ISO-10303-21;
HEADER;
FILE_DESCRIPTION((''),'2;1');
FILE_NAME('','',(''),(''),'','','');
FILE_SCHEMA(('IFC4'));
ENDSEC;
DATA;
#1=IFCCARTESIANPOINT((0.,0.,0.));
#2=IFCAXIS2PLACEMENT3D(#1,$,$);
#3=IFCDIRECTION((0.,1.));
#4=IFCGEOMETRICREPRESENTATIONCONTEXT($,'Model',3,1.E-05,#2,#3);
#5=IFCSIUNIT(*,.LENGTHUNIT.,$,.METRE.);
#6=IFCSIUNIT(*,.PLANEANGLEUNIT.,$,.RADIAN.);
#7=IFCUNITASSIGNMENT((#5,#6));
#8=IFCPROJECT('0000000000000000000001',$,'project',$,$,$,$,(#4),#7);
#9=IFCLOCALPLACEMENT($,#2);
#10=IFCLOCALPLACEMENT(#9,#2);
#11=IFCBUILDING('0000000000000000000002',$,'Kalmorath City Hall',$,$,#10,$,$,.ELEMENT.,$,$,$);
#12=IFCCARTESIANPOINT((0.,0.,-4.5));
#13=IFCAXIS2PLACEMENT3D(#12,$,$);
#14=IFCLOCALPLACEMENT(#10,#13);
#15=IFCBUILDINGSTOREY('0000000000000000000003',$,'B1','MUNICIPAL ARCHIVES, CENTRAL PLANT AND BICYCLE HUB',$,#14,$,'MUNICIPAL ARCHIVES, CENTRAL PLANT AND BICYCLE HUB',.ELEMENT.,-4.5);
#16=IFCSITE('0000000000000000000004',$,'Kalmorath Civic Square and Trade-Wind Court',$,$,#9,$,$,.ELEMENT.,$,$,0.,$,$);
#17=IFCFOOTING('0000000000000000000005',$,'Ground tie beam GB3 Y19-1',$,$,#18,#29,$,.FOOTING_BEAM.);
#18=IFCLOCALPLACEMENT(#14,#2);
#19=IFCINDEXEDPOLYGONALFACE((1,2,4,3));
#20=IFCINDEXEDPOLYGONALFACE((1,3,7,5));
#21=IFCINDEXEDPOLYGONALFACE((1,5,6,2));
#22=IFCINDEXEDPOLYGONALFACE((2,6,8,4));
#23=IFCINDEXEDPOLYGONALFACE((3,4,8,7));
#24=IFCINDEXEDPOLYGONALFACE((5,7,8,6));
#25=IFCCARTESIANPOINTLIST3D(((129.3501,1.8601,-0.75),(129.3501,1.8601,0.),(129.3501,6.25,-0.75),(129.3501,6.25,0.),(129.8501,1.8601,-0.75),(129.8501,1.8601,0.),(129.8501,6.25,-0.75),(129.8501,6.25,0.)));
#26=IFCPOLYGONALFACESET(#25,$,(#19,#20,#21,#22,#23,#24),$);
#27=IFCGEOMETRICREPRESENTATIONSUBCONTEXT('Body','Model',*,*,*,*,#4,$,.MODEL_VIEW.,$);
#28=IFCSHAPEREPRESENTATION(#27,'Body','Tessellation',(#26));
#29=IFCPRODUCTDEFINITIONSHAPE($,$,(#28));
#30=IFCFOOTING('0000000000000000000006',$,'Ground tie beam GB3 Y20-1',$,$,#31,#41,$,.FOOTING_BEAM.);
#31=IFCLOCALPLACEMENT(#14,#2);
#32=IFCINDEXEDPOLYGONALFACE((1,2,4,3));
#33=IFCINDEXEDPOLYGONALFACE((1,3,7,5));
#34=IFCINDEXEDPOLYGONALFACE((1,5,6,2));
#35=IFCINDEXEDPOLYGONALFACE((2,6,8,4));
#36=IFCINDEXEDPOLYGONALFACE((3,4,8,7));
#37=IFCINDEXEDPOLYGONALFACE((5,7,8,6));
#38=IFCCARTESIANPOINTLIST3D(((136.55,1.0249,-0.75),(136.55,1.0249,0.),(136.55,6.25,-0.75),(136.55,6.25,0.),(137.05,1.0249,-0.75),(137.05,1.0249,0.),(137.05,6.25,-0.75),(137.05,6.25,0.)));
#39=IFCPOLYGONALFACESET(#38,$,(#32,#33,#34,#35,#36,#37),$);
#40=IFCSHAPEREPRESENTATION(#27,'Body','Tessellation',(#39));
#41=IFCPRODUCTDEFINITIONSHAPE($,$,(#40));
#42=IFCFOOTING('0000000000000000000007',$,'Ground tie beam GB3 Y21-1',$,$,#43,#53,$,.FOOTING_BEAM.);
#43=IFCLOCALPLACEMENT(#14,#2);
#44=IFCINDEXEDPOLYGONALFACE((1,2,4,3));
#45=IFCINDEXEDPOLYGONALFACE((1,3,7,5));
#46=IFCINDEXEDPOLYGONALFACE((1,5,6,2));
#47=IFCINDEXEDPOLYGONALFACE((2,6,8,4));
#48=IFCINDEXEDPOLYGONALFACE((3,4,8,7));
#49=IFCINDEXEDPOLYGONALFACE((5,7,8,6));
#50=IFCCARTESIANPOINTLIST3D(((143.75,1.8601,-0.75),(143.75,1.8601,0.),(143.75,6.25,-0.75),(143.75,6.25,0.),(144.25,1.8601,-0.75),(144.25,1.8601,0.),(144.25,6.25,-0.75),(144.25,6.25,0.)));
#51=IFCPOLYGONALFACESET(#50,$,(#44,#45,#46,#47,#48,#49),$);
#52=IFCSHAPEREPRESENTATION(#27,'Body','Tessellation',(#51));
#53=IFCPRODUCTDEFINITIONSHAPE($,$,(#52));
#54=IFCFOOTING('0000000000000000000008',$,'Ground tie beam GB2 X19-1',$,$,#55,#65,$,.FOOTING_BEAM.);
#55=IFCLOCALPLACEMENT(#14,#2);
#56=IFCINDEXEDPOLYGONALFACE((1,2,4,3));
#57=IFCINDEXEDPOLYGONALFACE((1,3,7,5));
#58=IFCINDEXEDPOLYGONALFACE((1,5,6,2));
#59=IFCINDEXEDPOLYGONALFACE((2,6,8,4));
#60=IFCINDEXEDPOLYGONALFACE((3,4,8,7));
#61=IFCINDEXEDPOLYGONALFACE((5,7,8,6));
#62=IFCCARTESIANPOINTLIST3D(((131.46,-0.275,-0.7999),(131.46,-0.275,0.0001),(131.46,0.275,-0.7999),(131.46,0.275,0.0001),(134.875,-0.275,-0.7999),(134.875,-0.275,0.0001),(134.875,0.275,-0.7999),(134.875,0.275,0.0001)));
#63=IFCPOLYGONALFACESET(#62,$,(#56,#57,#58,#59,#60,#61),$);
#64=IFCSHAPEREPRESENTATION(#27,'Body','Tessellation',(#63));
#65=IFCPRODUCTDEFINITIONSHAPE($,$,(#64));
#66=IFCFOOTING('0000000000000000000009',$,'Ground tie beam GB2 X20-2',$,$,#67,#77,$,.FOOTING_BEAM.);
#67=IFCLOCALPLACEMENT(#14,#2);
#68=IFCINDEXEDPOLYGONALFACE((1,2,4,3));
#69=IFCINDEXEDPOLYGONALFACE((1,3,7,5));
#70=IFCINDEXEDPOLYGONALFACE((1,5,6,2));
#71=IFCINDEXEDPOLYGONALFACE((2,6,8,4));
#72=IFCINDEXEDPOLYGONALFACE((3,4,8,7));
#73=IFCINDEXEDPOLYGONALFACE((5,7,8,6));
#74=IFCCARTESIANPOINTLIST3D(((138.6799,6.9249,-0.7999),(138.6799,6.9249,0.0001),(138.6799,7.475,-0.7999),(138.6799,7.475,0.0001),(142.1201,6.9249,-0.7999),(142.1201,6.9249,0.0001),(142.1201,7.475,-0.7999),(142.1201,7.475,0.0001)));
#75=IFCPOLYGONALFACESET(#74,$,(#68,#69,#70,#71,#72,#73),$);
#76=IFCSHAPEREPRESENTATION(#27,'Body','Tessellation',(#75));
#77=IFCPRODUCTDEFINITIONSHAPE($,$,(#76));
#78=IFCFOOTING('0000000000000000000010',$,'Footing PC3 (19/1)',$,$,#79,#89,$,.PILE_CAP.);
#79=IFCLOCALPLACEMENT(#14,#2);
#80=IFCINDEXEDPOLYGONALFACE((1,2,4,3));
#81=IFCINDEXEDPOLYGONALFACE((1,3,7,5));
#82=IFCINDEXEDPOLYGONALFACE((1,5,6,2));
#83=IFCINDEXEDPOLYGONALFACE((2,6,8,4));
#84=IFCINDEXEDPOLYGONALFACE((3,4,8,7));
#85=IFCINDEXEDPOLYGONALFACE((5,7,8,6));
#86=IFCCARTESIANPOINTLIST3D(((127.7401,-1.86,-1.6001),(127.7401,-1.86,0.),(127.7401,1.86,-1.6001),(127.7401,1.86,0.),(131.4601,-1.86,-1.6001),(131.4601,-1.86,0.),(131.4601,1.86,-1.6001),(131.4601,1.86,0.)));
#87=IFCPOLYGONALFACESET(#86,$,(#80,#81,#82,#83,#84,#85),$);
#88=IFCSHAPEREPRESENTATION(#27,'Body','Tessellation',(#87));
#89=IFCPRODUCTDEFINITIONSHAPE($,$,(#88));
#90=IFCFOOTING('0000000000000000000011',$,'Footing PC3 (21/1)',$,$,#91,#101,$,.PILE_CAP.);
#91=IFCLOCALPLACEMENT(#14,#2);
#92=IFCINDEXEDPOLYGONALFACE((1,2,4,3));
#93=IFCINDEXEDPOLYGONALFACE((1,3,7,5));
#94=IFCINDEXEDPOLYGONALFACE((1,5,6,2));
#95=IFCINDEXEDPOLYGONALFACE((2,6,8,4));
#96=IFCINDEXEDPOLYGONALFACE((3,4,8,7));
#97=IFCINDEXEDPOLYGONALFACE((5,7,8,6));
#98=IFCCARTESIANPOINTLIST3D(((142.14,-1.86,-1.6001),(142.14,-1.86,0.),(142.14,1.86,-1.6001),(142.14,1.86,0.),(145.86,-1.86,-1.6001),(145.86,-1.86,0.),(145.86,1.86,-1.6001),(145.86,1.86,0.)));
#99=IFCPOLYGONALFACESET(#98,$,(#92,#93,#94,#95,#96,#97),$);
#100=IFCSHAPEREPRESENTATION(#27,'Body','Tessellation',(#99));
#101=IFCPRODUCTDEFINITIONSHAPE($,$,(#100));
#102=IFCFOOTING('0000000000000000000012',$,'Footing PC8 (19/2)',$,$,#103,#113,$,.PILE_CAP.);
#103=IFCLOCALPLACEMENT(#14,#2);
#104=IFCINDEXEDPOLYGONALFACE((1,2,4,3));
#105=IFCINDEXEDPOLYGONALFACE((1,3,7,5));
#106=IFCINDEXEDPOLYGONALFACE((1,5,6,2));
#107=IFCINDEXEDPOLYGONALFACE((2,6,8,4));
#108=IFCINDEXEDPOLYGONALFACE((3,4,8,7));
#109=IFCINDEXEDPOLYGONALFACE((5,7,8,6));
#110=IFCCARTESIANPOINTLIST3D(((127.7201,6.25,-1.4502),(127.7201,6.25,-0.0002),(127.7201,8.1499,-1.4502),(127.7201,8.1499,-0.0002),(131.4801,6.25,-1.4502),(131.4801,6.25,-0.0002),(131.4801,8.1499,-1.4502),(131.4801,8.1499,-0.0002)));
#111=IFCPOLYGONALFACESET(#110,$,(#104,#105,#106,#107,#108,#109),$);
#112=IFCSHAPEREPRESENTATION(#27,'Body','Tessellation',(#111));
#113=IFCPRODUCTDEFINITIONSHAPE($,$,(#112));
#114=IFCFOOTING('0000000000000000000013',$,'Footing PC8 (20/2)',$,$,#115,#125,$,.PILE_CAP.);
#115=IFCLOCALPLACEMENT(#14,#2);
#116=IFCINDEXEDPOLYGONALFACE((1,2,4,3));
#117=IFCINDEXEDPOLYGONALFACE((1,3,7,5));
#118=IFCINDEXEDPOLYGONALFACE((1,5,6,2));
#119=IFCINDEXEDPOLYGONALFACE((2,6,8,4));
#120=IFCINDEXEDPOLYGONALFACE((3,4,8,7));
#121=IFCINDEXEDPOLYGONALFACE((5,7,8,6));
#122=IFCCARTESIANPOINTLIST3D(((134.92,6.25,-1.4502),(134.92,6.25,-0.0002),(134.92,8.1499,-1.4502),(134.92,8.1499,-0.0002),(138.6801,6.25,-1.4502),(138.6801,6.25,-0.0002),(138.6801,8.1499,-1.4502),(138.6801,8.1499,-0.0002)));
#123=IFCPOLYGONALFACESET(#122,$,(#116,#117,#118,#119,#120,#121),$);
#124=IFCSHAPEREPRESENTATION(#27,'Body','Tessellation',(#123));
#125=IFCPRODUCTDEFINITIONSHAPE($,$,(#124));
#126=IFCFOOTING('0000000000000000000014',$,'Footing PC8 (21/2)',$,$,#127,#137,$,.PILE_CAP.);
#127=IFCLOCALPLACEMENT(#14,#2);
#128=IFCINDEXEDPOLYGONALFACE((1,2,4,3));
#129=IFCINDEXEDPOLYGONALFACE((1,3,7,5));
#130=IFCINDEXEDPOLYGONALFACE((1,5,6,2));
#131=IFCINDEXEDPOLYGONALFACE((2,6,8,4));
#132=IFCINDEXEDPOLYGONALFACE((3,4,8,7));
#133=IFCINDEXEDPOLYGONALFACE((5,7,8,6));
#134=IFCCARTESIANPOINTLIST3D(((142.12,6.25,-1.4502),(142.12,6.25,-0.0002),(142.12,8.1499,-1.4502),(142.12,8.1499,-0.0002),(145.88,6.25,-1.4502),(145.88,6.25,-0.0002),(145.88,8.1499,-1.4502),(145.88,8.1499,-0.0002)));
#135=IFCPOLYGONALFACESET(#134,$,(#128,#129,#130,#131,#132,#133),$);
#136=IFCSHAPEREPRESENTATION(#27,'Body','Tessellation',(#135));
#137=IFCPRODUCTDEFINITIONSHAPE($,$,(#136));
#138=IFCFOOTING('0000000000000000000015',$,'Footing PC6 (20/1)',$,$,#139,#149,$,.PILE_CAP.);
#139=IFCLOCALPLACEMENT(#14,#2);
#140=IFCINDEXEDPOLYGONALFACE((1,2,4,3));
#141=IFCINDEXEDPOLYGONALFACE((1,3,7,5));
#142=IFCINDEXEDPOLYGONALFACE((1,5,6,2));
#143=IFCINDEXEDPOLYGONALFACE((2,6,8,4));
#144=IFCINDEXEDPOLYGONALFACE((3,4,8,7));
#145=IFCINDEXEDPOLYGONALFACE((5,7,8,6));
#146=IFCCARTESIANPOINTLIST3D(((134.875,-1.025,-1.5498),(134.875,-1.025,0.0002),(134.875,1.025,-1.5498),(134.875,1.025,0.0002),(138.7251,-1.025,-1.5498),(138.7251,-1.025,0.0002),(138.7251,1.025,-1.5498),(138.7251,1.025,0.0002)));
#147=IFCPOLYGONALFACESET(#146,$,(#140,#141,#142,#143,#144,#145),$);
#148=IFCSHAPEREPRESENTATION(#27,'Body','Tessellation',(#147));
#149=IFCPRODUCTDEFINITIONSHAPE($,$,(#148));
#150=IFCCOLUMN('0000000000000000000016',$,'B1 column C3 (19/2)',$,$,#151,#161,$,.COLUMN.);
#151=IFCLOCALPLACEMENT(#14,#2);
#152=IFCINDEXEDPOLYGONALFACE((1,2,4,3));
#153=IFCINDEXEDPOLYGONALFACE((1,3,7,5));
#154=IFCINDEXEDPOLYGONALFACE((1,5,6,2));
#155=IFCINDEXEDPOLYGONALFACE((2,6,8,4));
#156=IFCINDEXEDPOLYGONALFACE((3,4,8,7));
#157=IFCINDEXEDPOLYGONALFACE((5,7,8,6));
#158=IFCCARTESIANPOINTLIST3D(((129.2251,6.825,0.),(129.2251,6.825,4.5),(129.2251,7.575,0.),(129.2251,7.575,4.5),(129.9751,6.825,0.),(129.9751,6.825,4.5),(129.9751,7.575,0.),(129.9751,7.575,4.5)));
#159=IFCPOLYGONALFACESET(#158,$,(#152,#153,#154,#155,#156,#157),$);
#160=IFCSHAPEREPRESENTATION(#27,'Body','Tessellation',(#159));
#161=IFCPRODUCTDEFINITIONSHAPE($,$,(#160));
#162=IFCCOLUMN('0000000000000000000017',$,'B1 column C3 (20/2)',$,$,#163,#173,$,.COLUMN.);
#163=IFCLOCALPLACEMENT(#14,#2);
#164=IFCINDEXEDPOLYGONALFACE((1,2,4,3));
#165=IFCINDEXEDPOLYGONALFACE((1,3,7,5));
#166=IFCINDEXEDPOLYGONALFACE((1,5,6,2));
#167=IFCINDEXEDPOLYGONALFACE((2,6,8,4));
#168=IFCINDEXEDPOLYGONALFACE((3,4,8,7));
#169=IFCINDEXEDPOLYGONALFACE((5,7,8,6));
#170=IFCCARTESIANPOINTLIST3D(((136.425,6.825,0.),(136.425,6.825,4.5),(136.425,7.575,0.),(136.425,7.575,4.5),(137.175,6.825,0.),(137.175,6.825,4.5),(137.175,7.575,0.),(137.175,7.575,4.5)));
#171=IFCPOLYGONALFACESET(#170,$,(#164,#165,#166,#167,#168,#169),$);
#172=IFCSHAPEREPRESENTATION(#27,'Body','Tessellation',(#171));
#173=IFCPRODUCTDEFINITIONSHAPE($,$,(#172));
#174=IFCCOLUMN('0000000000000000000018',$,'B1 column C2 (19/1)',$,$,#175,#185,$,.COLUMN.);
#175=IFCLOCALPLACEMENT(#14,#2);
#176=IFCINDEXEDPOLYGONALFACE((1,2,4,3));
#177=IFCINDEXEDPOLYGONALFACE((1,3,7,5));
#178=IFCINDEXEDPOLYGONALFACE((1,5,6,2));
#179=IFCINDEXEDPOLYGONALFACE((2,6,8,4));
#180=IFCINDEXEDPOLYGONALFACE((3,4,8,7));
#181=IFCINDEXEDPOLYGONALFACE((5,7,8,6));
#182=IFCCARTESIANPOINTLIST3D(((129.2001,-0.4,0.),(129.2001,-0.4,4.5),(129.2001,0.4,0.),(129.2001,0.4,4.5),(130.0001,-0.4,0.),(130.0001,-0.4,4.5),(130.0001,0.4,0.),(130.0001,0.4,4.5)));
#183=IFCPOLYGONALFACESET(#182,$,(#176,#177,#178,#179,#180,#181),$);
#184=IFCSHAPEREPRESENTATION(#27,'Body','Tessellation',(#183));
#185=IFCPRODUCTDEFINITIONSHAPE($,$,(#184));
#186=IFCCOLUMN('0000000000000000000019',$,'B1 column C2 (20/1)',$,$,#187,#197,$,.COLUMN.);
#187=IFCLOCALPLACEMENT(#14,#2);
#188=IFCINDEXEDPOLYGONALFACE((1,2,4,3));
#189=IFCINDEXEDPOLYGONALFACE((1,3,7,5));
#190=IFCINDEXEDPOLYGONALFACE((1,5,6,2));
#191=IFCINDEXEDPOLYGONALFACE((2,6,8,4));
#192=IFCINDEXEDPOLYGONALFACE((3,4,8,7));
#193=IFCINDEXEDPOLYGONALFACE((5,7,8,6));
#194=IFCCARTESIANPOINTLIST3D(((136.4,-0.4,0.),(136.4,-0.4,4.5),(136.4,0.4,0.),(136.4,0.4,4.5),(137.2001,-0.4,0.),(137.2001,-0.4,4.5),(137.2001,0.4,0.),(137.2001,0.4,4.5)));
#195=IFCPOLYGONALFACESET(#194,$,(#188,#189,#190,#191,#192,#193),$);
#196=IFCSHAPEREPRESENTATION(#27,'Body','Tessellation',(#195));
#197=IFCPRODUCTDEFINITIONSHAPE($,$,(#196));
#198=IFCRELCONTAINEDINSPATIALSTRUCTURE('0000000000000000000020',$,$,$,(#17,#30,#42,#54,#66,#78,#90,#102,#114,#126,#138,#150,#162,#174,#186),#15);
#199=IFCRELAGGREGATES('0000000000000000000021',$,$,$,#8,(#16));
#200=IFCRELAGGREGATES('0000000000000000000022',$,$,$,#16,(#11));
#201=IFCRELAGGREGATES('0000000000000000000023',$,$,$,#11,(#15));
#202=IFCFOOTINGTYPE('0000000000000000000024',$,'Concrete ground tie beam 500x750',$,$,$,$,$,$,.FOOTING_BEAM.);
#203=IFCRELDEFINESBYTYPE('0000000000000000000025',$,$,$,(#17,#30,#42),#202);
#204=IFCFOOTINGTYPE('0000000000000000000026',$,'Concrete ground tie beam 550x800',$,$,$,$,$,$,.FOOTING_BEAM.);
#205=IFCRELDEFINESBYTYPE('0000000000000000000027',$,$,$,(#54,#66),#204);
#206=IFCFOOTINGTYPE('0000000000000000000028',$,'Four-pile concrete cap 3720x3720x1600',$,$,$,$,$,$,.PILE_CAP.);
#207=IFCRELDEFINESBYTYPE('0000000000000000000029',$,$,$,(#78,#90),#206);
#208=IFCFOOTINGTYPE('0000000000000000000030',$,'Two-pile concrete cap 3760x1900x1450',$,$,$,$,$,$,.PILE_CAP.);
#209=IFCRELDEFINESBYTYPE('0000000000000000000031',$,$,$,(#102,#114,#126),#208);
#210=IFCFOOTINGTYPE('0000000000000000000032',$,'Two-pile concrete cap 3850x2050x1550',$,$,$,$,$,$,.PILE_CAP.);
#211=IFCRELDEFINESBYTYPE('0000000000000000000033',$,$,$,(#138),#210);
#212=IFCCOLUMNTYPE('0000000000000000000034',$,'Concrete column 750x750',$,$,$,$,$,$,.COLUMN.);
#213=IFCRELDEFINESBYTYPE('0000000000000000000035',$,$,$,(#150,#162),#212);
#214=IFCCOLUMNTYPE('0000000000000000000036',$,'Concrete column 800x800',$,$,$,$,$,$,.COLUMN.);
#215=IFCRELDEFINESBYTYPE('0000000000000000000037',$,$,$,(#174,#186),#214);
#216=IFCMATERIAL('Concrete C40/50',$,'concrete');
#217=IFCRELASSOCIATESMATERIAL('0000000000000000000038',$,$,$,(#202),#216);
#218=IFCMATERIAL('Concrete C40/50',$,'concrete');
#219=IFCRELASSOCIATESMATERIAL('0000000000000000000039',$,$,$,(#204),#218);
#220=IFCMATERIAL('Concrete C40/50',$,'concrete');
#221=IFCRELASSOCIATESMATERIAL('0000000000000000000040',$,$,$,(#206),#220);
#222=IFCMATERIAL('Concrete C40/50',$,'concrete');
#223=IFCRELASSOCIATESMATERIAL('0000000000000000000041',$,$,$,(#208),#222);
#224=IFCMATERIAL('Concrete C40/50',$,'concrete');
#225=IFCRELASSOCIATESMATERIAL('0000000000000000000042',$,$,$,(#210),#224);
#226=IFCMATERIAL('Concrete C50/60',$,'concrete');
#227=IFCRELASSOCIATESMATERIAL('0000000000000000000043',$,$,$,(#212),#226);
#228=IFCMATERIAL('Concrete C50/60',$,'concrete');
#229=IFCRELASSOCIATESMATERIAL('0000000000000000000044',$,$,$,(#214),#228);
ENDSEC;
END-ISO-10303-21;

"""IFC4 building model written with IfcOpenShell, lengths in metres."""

from ifc_helpers import new_model, si_unit, direction, frame, origin, origin_2d, place, context, subcontext, project, spatial, rectangle, extrude, material, material_profile, profile_set, type_object, element, save


model = new_model("IFC4")

# Units and contexts
model_context = context("Model", 3, precision=1e-05, world=origin(), true_north=direction((0.0, 1.0)))
body_context = subcontext(model_context, "Body", "Model", "MODEL_VIEW")
ifc_project = project(units=[si_unit("LENGTHUNIT", "METRE"), si_unit("PLANEANGLEUNIT", "RADIAN")], contexts=[model_context])

# Site, building, storey
site_placement = place(None, origin())
site = spatial("IfcSite", under=ifc_project, at=site_placement, Name="Kalmorath Civic Square and Trade-Wind Court", CompositionType="ELEMENT", RefElevation=0.0)
building_placement = place(site_placement, origin())
building = spatial("IfcBuilding", under=site, at=building_placement, Name="Kalmorath City Hall", CompositionType="ELEMENT")
storey_placement = place(building_placement, frame((0.0, 0.0, -4.5)))
storey = spatial("IfcBuildingStorey", under=building, at=storey_placement, Name="B1", Description="MUNICIPAL ARCHIVES, CENTRAL PLANT AND BICYCLE HUB", LongName="MUNICIPAL ARCHIVES, CENTRAL PLANT AND BICYCLE HUB", CompositionType="ELEMENT", Elevation=-4.5)

# Footings
ifc_material_1 = material(Name="Concrete C40/50", Category="concrete")
ifc_material_profile_1 = material_profile(ifc_material_1, rectangle(XDim=0.5, YDim=0.75, at=origin_2d()), Name="RC-BM-500X750")
ifc_profile_set_1 = profile_set([ifc_material_profile_1], Name="Concrete C40/50")
footing_type_1 = type_object("IfcFootingType", Name="Concrete ground tie beam 500x750", PredefinedType="FOOTING_BEAM", material=ifc_profile_set_1)
footing_1_placement = place(storey_placement, frame((129.6001, 1.8601, -0.375), z_axis=(0.0, 1.0, 0.0), x_axis=(-1.0, 0.0, 0.0)))
element("IfcFooting", 1, at=footing_1_placement, inside=storey, type_object=footing_type_1, Name="Ground tie beam GB3 Y19-1", PredefinedType="FOOTING_BEAM", context=body_context, shape_type="SweptSolid", body=[
    extrude(rectangle(XDim=0.5, YDim=0.75, at=origin_2d()), origin(), (0.0, 0.0, 1.0), 4.3899),
])
footing_2_placement = place(storey_placement, frame((136.8, 1.0249, -0.375), z_axis=(0.0, 1.0, 0.0), x_axis=(-1.0, 0.0, 0.0)))
element("IfcFooting", 2, at=footing_2_placement, inside=storey, type_object=footing_type_1, Name="Ground tie beam GB3 Y20-1", PredefinedType="FOOTING_BEAM", context=body_context, shape_type="SweptSolid", body=[
    extrude(rectangle(XDim=0.5, YDim=0.75, at=origin_2d()), origin(), (0.0, 0.0, 1.0), 5.2251),
])
footing_3_placement = place(storey_placement, frame((144.0, 1.8601, -0.375), z_axis=(0.0, 1.0, 0.0), x_axis=(-1.0, 0.0, 0.0)))
element("IfcFooting", 3, at=footing_3_placement, inside=storey, type_object=footing_type_1, Name="Ground tie beam GB3 Y21-1", PredefinedType="FOOTING_BEAM", context=body_context, shape_type="SweptSolid", body=[
    extrude(rectangle(XDim=0.5, YDim=0.75, at=origin_2d()), origin(), (0.0, 0.0, 1.0), 4.3899),
])
ifc_material_2 = material(Name="Concrete C40/50", Category="concrete")
ifc_material_profile_2 = material_profile(ifc_material_2, rectangle(XDim=0.55, YDim=0.8, at=origin_2d()), Name="RC-BM-550X800")
ifc_profile_set_2 = profile_set([ifc_material_profile_2], Name="Concrete C40/50")
footing_type_2 = type_object("IfcFootingType", Name="Concrete ground tie beam 550x800", PredefinedType="FOOTING_BEAM", material=ifc_profile_set_2)
footing_4_placement = place(storey_placement, frame((131.46, 0.0, -0.3999), z_axis=(1.0, 0.0, 0.0), x_axis=(0.0, 1.0, 0.0)))
element("IfcFooting", 4, at=footing_4_placement, inside=storey, type_object=footing_type_2, Name="Ground tie beam GB2 X19-1", PredefinedType="FOOTING_BEAM", context=body_context, shape_type="SweptSolid", body=[
    extrude(rectangle(XDim=0.55, YDim=0.8, at=origin_2d()), origin(), (0.0, 0.0, 1.0), 3.415),
])
footing_5_placement = place(storey_placement, frame((138.6799, 7.2, -0.3999), z_axis=(1.0, 0.0, 0.0), x_axis=(0.0, 1.0, 0.0)))
element("IfcFooting", 5, at=footing_5_placement, inside=storey, type_object=footing_type_2, Name="Ground tie beam GB2 X20-2", PredefinedType="FOOTING_BEAM", context=body_context, shape_type="SweptSolid", body=[
    extrude(rectangle(XDim=0.55, YDim=0.8, at=origin_2d()), origin(), (0.0, 0.0, 1.0), 3.4402),
])
ifc_material_3 = material(Name="Concrete C40/50", Category="concrete")
footing_type_3 = type_object("IfcFootingType", Name="Four-pile concrete cap 3720x3720x1600", PredefinedType="PILE_CAP", material=ifc_material_3)
for number, where, z_axis, x_axis, name in (
    (6, (129.6001, 0.0, -1.6001), (0.0, 0.0, 1.0), (1.0, 0.0, 0.0), "Footing PC3 (19/1)"),
    (7, (144.0, 0.0, -1.6001), (0.0, 0.0, 1.0), (1.0, 0.0, 0.0), "Footing PC3 (21/1)"),
):
    element("IfcFooting", number, at=place(storey_placement, frame(where, z_axis=z_axis, x_axis=x_axis)), inside=storey, type_object=footing_type_3, Name=name, PredefinedType="PILE_CAP", context=body_context, shape_type="SweptSolid", body=[
        extrude(rectangle(XDim=3.72, YDim=3.72, at=origin_2d()), origin(), (0.0, 0.0, 1.0), 1.6001),
    ])
ifc_material_4 = material(Name="Concrete C40/50", Category="concrete")
footing_type_4 = type_object("IfcFootingType", Name="Two-pile concrete cap 3760x1900x1450", PredefinedType="PILE_CAP", material=ifc_material_4)
for number, where, z_axis, x_axis, name in (
    (8, (129.6001, 7.2, -1.4502), (0.0, 0.0, 1.0), (1.0, 0.0, 0.0), "Footing PC8 (19/2)"),
    (9, (136.8, 7.2, -1.4502), (0.0, 0.0, 1.0), (1.0, 0.0, 0.0), "Footing PC8 (20/2)"),
    (10, (144.0, 7.2, -1.4502), (0.0, 0.0, 1.0), (1.0, 0.0, 0.0), "Footing PC8 (21/2)"),
):
    element("IfcFooting", number, at=place(storey_placement, frame(where, z_axis=z_axis, x_axis=x_axis)), inside=storey, type_object=footing_type_4, Name=name, PredefinedType="PILE_CAP", context=body_context, shape_type="SweptSolid", body=[
        extrude(rectangle(XDim=3.76, YDim=1.8999, at=origin_2d()), origin(), (0.0, 0.0, 1.0), 1.45),
    ])
ifc_material_5 = material(Name="Concrete C40/50", Category="concrete")
footing_type_5 = type_object("IfcFootingType", Name="Two-pile concrete cap 3850x2050x1550", PredefinedType="PILE_CAP", material=ifc_material_5)
footing_6_placement = place(storey_placement, frame((136.8, 0.0, -1.5498), z_axis=(0.0, 0.0, 1.0), x_axis=(1.0, 0.0, 0.0)))
element("IfcFooting", 11, at=footing_6_placement, inside=storey, type_object=footing_type_5, Name="Footing PC6 (20/1)", PredefinedType="PILE_CAP", context=body_context, shape_type="SweptSolid", body=[
    extrude(rectangle(XDim=3.8501, YDim=2.05, at=origin_2d()), origin(), (0.0, 0.0, 1.0), 1.55),
])

# Columns
ifc_material_6 = material(Name="Concrete C50/60", Category="concrete")
ifc_material_profile_3 = material_profile(ifc_material_6, rectangle(XDim=0.75, YDim=0.75, at=origin_2d()), Name="RC-COL-750X750")
ifc_profile_set_3 = profile_set([ifc_material_profile_3], Name="Concrete C50/60")
column_type_1 = type_object("IfcColumnType", Name="Concrete column 750x750", PredefinedType="COLUMN", material=ifc_profile_set_3)
for number, where, z_axis, x_axis, name in (
    (12, (129.6001, 7.2, 0.0), (0.0, 0.0, 1.0), (1.0, 0.0, 0.0), "B1 column C3 (19/2)"),
    (13, (136.8, 7.2, 0.0), (0.0, 0.0, 1.0), (1.0, 0.0, 0.0), "B1 column C3 (20/2)"),
):
    element("IfcColumn", number, at=place(storey_placement, frame(where, z_axis=z_axis, x_axis=x_axis)), inside=storey, type_object=column_type_1, Name=name, PredefinedType="COLUMN", context=body_context, shape_type="SweptSolid", body=[
        extrude(rectangle(XDim=0.75, YDim=0.75, at=origin_2d()), origin(), (0.0, 0.0, 1.0), 4.5),
    ])
ifc_material_7 = material(Name="Concrete C50/60", Category="concrete")
ifc_material_profile_4 = material_profile(ifc_material_7, rectangle(XDim=0.8, YDim=0.8, at=origin_2d()), Name="RC-COL-800X800")
ifc_profile_set_4 = profile_set([ifc_material_profile_4], Name="Concrete C50/60")
column_type_2 = type_object("IfcColumnType", Name="Concrete column 800x800", PredefinedType="COLUMN", material=ifc_profile_set_4)
for number, where, z_axis, x_axis, name in (
    (14, (129.6001, 0.0, 0.0), (0.0, 0.0, 1.0), (1.0, 0.0, 0.0), "B1 column C2 (19/1)"),
    (15, (136.8, 0.0, 0.0), (0.0, 0.0, 1.0), (1.0, 0.0, 0.0), "B1 column C2 (20/1)"),
):
    element("IfcColumn", number, at=place(storey_placement, frame(where, z_axis=z_axis, x_axis=x_axis)), inside=storey, type_object=column_type_2, Name=name, PredefinedType="COLUMN", context=body_context, shape_type="SweptSolid", body=[
        extrude(rectangle(XDim=0.8, YDim=0.8, at=origin_2d()), origin(), (0.0, 0.0, 1.0), 4.5),
    ])

save(model, "model.ifc")
